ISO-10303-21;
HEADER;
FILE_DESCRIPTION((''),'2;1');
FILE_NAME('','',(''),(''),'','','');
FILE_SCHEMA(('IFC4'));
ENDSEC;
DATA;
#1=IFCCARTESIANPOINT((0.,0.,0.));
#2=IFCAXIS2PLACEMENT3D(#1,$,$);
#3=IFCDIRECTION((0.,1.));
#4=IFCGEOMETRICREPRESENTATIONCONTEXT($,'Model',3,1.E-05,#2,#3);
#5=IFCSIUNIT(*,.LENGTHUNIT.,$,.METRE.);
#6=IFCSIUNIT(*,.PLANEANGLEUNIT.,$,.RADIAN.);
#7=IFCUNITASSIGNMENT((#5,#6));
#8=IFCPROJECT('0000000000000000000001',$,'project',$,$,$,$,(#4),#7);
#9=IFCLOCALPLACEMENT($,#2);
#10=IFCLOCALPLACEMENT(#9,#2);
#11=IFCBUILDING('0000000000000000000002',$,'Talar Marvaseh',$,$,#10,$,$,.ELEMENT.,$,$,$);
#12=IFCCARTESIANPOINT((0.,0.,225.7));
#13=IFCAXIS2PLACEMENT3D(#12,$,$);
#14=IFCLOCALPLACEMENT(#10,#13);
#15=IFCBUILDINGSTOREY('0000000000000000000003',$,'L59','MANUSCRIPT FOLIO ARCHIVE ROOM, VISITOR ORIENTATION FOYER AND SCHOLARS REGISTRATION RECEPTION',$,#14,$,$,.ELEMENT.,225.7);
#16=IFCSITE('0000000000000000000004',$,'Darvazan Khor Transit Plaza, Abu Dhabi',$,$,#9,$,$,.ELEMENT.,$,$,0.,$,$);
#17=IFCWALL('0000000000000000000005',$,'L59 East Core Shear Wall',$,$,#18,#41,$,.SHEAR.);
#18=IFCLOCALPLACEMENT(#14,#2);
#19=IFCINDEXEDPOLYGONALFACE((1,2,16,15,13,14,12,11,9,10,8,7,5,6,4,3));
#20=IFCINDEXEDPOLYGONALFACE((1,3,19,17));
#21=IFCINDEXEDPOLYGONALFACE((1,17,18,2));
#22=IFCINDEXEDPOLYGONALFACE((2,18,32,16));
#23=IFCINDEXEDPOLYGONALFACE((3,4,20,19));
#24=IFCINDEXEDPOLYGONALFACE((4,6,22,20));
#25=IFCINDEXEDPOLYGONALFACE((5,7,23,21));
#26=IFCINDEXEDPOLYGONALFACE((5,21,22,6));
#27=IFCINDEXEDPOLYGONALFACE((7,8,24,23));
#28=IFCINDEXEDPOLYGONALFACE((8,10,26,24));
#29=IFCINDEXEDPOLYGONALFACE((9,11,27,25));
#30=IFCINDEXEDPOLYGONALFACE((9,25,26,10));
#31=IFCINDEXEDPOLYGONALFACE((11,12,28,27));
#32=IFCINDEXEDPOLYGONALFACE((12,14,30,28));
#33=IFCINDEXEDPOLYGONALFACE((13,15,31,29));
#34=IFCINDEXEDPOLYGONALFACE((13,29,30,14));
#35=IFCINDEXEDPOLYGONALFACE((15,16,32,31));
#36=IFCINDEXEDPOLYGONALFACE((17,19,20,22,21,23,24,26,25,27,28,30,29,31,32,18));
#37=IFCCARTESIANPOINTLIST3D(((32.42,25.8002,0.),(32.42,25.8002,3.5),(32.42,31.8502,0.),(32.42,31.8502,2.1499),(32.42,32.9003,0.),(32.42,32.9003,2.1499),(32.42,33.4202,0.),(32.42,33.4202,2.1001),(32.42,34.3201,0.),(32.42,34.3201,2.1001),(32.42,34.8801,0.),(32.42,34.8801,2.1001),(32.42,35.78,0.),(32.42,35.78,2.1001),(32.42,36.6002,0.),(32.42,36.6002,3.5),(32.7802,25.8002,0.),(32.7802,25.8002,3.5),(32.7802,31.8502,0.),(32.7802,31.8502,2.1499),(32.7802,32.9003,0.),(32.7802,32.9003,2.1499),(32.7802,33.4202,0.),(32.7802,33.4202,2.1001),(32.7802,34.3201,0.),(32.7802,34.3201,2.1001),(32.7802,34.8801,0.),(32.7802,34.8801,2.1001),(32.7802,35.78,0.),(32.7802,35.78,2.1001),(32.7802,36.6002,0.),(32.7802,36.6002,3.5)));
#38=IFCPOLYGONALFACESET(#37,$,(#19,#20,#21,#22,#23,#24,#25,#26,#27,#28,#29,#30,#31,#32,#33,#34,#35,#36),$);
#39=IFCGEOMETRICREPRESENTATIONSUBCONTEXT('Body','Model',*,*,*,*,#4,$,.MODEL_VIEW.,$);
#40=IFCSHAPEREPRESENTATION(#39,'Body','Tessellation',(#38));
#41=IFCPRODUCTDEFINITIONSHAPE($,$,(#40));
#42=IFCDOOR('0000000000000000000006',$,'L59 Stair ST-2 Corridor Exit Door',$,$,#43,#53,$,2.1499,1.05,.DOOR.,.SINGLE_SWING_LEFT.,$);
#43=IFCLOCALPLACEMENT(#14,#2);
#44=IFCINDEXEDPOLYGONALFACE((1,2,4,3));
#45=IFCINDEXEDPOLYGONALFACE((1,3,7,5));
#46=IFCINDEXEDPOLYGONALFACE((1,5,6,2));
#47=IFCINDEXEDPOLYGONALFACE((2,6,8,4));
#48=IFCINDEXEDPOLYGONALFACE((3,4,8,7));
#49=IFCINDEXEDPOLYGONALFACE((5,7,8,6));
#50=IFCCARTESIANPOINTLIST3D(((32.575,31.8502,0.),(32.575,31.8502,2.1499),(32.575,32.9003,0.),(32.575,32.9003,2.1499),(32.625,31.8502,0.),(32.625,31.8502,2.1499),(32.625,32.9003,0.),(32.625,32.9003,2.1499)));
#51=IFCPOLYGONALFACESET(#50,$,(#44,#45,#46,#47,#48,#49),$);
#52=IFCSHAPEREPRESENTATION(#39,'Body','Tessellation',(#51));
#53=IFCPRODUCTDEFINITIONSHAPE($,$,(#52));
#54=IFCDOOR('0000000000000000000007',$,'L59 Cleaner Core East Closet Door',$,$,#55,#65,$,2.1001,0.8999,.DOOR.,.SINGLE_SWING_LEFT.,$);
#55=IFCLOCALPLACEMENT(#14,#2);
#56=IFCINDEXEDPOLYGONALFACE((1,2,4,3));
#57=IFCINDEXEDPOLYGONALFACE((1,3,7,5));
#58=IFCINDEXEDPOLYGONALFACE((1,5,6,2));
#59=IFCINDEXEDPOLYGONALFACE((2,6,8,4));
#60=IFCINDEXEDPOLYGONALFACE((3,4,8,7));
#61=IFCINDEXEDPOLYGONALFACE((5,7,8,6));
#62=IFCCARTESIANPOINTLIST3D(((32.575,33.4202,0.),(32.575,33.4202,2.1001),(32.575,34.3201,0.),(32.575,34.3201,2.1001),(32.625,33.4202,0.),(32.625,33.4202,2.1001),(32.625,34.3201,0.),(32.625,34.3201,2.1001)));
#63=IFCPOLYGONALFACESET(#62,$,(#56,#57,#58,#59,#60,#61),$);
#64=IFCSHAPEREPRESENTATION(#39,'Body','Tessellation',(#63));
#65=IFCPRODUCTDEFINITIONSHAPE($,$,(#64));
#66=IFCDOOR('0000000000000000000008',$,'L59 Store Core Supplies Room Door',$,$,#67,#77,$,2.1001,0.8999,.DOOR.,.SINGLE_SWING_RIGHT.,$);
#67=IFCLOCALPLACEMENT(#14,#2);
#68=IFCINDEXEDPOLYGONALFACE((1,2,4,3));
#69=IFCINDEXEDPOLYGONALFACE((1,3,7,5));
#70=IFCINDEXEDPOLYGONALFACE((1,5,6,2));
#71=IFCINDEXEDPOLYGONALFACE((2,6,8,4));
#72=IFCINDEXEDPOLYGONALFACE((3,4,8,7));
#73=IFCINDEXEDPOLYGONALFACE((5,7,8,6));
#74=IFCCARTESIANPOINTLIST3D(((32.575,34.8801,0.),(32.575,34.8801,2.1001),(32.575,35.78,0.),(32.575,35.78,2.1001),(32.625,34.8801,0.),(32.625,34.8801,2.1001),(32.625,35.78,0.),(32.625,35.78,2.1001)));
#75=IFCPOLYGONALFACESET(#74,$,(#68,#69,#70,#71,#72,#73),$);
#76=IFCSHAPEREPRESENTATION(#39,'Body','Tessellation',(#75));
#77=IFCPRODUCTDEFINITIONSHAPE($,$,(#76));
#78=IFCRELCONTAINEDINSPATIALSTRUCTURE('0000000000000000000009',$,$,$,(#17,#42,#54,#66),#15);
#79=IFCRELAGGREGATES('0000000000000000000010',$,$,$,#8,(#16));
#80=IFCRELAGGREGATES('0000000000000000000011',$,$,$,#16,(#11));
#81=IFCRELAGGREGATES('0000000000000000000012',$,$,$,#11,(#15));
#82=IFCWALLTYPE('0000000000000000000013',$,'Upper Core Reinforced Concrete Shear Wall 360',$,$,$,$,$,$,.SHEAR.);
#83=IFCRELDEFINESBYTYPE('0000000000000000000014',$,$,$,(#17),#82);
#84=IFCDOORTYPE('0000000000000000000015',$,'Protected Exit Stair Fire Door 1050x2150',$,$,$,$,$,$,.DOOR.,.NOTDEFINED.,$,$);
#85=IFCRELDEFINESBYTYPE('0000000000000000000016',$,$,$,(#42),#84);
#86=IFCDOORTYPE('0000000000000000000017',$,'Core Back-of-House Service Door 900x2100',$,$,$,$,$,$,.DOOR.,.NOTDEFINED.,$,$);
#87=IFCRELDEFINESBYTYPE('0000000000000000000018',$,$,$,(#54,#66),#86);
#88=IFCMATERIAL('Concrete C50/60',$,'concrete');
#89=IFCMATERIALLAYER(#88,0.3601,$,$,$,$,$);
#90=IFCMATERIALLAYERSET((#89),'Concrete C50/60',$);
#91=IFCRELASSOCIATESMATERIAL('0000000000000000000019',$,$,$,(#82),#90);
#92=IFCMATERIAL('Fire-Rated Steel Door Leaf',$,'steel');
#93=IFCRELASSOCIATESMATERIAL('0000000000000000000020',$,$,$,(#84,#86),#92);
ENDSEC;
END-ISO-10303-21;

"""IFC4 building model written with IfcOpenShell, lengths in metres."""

from ifc_helpers import new_model, si_unit, direction, frame, frame_2d, origin, place, context, subcontext, project, spatial, rectangle, extrude, source, transform, mapped, material, layer, layer_set, type_object, type_shapes, element, fill, save


model = new_model("IFC4")

# Units and contexts
model_context = context("Model", 3, precision=1e-05, world=origin(), true_north=direction((0.0, 1.0)))
body_context = subcontext(model_context, "Body", "Model", "MODEL_VIEW")
ifc_project = project(units=[si_unit("LENGTHUNIT", "METRE"), si_unit("PLANEANGLEUNIT", "RADIAN")], contexts=[model_context])

# Site, building, storey
site_placement = place(None, origin())
site = spatial("IfcSite", under=ifc_project, at=site_placement, Name="Darvazan Khor Transit Plaza, Abu Dhabi", CompositionType="ELEMENT", RefElevation=0.0)
building_placement = place(site_placement, origin())
building = spatial("IfcBuilding", under=site, at=building_placement, Name="Talar Marvaseh", CompositionType="ELEMENT")
storey_placement = place(building_placement, frame((0.0, 0.0, 225.7)))
storey = spatial("IfcBuildingStorey", under=building, at=storey_placement, Name="L59", Description="MANUSCRIPT FOLIO ARCHIVE ROOM, VISITOR ORIENTATION FOYER AND SCHOLARS REGISTRATION RECEPTION", CompositionType="ELEMENT", Elevation=225.7)

# Wall, openings, doors
ifc_material_1 = material(Name="Concrete C50/60", Category="concrete")
ifc_layer_1 = layer(ifc_material_1, 0.3601)
ifc_layer_set_1 = layer_set([ifc_layer_1], Name="Concrete C50/60")
wall_type_1 = type_object("IfcWallType", Name="Upper Core Reinforced Concrete Shear Wall 360", PredefinedType="SHEAR", material=ifc_layer_set_1)
wall_1_placement = place(storey_placement, frame((32.6001, 36.6001, 0.0), z_axis=(0.0, 0.0, 1.0), x_axis=(0.0, -1.0, 0.0)))
wall_1 = element("IfcWall", 1, at=wall_1_placement, inside=storey, type_object=wall_type_1, Name="L59 East Core Shear Wall", PredefinedType="SHEAR", context=body_context, shape_type="SweptSolid", body=[
    extrude(rectangle(XDim=10.8, YDim=0.3601, at=frame_2d((5.3999, 0.0))), origin(), (0.0, 0.0, 1.0), 3.5),
])
opening_1_placement = place(wall_1_placement, frame((3.7, 0.0, 0.0)))
opening_1 = element("IfcOpeningElement", 2, at=opening_1_placement, cuts=wall_1, PredefinedType="OPENING", context=body_context, shape_type="SweptSolid", body=[
    extrude(rectangle(XDim=1.05, YDim=2.1499, at=frame_2d((0.5249, 1.075))), frame((0.0, 0.1899, 0.0), z_axis=(0.0, -1.0, 0.0), x_axis=(1.0, 0.0, 0.0)), (0.0, 0.0, 1.0), 0.3801),
])
opening_2_placement = place(wall_1_placement, frame((2.28, 0.0, 0.0)))
opening_2 = element("IfcOpeningElement", 3, at=opening_2_placement, cuts=wall_1, PredefinedType="OPENING", context=body_context, shape_type="SweptSolid", body=[
    extrude(rectangle(XDim=0.8999, YDim=2.1001, at=frame_2d((0.45, 1.05))), frame((0.0, 0.1899, 0.0), z_axis=(0.0, -1.0, 0.0), x_axis=(1.0, 0.0, 0.0)), (0.0, 0.0, 1.0), 0.3801),
])
opening_3_placement = place(wall_1_placement, frame((0.8201, 0.0, 0.0)))
opening_3 = element("IfcOpeningElement", 4, at=opening_3_placement, cuts=wall_1, PredefinedType="OPENING", context=body_context, shape_type="SweptSolid", body=[
    extrude(rectangle(XDim=0.8999, YDim=2.1001, at=frame_2d((0.45, 1.05))), frame((0.0, 0.1899, 0.0), z_axis=(0.0, -1.0, 0.0), x_axis=(1.0, 0.0, 0.0)), (0.0, 0.0, 1.0), 0.3801),
])
ifc_material_2 = material(Name="Fire-Rated Steel Door Leaf", Category="steel")
door_type_1 = type_object("IfcDoorType", Name="Protected Exit Stair Fire Door 1050x2150", OperationType="NOTDEFINED", PredefinedType="DOOR", material=ifc_material_2)
shared_shape_1 = source(origin(), body_context, "Body", "SweptSolid", [
    extrude(rectangle(XDim=1.05, YDim=2.1499, at=frame_2d((0.5249, 1.075))), frame((0.0, 0.0249, 0.0), z_axis=(0.0, -1.0, 0.0), x_axis=(1.0, 0.0, 0.0)), (0.0, 0.0, 1.0), 0.05),
])
type_shapes(door_type_1, [shared_shape_1])
door_1_placement = place(opening_1_placement, origin())
door_1 = element("IfcDoor", 5, at=door_1_placement, inside=storey, type_object=door_type_1, Name="L59 Stair ST-2 Corridor Exit Door", OperationType="SINGLE_SWING_LEFT", OverallHeight=2.1499, OverallWidth=1.05, PredefinedType="DOOR", context=body_context, shape_type="MappedRepresentation", body=[
    mapped(shared_shape_1, transform((0.0, 0.0, 0.0), x_axis=(1.0, 0.0, 0.0), y_axis=(0.0, 1.0, 0.0), z_axis=(0.0, 0.0, 1.0), scale=1.0)),
])
fill(opening_1, door_1)
door_type_2 = type_object("IfcDoorType", Name="Core Back-of-House Service Door 900x2100", OperationType="NOTDEFINED", PredefinedType="DOOR", material=ifc_material_2)
shared_shape_2 = source(origin(), body_context, "Body", "SweptSolid", [
    extrude(rectangle(XDim=0.8999, YDim=2.1001, at=frame_2d((0.45, 1.05))), frame((0.0, 0.0249, 0.0), z_axis=(0.0, -1.0, 0.0), x_axis=(1.0, 0.0, 0.0)), (0.0, 0.0, 1.0), 0.05),
])
type_shapes(door_type_2, [shared_shape_2])
door_2_placement = place(opening_2_placement, origin())
door_2 = element("IfcDoor", 6, at=door_2_placement, inside=storey, type_object=door_type_2, Name="L59 Cleaner Core East Closet Door", OperationType="SINGLE_SWING_LEFT", OverallHeight=2.1001, OverallWidth=0.8999, PredefinedType="DOOR", context=body_context, shape_type="MappedRepresentation", body=[
    mapped(shared_shape_2, transform((0.0, 0.0, 0.0), x_axis=(1.0, 0.0, 0.0), y_axis=(0.0, 1.0, 0.0), z_axis=(0.0, 0.0, 1.0), scale=1.0)),
])
fill(opening_2, door_2)
door_3_placement = place(opening_3_placement, origin())
door_3 = element("IfcDoor", 7, at=door_3_placement, inside=storey, type_object=door_type_2, Name="L59 Store Core Supplies Room Door", OperationType="SINGLE_SWING_RIGHT", OverallHeight=2.1001, OverallWidth=0.8999, PredefinedType="DOOR", context=body_context, shape_type="MappedRepresentation", body=[
    mapped(shared_shape_2, transform((0.0, 0.0, 0.0), x_axis=(1.0, 0.0, 0.0), y_axis=(0.0, 1.0, 0.0), z_axis=(0.0, 0.0, 1.0), scale=1.0)),
])
fill(opening_3, door_3)

save(model, "model.ifc")
